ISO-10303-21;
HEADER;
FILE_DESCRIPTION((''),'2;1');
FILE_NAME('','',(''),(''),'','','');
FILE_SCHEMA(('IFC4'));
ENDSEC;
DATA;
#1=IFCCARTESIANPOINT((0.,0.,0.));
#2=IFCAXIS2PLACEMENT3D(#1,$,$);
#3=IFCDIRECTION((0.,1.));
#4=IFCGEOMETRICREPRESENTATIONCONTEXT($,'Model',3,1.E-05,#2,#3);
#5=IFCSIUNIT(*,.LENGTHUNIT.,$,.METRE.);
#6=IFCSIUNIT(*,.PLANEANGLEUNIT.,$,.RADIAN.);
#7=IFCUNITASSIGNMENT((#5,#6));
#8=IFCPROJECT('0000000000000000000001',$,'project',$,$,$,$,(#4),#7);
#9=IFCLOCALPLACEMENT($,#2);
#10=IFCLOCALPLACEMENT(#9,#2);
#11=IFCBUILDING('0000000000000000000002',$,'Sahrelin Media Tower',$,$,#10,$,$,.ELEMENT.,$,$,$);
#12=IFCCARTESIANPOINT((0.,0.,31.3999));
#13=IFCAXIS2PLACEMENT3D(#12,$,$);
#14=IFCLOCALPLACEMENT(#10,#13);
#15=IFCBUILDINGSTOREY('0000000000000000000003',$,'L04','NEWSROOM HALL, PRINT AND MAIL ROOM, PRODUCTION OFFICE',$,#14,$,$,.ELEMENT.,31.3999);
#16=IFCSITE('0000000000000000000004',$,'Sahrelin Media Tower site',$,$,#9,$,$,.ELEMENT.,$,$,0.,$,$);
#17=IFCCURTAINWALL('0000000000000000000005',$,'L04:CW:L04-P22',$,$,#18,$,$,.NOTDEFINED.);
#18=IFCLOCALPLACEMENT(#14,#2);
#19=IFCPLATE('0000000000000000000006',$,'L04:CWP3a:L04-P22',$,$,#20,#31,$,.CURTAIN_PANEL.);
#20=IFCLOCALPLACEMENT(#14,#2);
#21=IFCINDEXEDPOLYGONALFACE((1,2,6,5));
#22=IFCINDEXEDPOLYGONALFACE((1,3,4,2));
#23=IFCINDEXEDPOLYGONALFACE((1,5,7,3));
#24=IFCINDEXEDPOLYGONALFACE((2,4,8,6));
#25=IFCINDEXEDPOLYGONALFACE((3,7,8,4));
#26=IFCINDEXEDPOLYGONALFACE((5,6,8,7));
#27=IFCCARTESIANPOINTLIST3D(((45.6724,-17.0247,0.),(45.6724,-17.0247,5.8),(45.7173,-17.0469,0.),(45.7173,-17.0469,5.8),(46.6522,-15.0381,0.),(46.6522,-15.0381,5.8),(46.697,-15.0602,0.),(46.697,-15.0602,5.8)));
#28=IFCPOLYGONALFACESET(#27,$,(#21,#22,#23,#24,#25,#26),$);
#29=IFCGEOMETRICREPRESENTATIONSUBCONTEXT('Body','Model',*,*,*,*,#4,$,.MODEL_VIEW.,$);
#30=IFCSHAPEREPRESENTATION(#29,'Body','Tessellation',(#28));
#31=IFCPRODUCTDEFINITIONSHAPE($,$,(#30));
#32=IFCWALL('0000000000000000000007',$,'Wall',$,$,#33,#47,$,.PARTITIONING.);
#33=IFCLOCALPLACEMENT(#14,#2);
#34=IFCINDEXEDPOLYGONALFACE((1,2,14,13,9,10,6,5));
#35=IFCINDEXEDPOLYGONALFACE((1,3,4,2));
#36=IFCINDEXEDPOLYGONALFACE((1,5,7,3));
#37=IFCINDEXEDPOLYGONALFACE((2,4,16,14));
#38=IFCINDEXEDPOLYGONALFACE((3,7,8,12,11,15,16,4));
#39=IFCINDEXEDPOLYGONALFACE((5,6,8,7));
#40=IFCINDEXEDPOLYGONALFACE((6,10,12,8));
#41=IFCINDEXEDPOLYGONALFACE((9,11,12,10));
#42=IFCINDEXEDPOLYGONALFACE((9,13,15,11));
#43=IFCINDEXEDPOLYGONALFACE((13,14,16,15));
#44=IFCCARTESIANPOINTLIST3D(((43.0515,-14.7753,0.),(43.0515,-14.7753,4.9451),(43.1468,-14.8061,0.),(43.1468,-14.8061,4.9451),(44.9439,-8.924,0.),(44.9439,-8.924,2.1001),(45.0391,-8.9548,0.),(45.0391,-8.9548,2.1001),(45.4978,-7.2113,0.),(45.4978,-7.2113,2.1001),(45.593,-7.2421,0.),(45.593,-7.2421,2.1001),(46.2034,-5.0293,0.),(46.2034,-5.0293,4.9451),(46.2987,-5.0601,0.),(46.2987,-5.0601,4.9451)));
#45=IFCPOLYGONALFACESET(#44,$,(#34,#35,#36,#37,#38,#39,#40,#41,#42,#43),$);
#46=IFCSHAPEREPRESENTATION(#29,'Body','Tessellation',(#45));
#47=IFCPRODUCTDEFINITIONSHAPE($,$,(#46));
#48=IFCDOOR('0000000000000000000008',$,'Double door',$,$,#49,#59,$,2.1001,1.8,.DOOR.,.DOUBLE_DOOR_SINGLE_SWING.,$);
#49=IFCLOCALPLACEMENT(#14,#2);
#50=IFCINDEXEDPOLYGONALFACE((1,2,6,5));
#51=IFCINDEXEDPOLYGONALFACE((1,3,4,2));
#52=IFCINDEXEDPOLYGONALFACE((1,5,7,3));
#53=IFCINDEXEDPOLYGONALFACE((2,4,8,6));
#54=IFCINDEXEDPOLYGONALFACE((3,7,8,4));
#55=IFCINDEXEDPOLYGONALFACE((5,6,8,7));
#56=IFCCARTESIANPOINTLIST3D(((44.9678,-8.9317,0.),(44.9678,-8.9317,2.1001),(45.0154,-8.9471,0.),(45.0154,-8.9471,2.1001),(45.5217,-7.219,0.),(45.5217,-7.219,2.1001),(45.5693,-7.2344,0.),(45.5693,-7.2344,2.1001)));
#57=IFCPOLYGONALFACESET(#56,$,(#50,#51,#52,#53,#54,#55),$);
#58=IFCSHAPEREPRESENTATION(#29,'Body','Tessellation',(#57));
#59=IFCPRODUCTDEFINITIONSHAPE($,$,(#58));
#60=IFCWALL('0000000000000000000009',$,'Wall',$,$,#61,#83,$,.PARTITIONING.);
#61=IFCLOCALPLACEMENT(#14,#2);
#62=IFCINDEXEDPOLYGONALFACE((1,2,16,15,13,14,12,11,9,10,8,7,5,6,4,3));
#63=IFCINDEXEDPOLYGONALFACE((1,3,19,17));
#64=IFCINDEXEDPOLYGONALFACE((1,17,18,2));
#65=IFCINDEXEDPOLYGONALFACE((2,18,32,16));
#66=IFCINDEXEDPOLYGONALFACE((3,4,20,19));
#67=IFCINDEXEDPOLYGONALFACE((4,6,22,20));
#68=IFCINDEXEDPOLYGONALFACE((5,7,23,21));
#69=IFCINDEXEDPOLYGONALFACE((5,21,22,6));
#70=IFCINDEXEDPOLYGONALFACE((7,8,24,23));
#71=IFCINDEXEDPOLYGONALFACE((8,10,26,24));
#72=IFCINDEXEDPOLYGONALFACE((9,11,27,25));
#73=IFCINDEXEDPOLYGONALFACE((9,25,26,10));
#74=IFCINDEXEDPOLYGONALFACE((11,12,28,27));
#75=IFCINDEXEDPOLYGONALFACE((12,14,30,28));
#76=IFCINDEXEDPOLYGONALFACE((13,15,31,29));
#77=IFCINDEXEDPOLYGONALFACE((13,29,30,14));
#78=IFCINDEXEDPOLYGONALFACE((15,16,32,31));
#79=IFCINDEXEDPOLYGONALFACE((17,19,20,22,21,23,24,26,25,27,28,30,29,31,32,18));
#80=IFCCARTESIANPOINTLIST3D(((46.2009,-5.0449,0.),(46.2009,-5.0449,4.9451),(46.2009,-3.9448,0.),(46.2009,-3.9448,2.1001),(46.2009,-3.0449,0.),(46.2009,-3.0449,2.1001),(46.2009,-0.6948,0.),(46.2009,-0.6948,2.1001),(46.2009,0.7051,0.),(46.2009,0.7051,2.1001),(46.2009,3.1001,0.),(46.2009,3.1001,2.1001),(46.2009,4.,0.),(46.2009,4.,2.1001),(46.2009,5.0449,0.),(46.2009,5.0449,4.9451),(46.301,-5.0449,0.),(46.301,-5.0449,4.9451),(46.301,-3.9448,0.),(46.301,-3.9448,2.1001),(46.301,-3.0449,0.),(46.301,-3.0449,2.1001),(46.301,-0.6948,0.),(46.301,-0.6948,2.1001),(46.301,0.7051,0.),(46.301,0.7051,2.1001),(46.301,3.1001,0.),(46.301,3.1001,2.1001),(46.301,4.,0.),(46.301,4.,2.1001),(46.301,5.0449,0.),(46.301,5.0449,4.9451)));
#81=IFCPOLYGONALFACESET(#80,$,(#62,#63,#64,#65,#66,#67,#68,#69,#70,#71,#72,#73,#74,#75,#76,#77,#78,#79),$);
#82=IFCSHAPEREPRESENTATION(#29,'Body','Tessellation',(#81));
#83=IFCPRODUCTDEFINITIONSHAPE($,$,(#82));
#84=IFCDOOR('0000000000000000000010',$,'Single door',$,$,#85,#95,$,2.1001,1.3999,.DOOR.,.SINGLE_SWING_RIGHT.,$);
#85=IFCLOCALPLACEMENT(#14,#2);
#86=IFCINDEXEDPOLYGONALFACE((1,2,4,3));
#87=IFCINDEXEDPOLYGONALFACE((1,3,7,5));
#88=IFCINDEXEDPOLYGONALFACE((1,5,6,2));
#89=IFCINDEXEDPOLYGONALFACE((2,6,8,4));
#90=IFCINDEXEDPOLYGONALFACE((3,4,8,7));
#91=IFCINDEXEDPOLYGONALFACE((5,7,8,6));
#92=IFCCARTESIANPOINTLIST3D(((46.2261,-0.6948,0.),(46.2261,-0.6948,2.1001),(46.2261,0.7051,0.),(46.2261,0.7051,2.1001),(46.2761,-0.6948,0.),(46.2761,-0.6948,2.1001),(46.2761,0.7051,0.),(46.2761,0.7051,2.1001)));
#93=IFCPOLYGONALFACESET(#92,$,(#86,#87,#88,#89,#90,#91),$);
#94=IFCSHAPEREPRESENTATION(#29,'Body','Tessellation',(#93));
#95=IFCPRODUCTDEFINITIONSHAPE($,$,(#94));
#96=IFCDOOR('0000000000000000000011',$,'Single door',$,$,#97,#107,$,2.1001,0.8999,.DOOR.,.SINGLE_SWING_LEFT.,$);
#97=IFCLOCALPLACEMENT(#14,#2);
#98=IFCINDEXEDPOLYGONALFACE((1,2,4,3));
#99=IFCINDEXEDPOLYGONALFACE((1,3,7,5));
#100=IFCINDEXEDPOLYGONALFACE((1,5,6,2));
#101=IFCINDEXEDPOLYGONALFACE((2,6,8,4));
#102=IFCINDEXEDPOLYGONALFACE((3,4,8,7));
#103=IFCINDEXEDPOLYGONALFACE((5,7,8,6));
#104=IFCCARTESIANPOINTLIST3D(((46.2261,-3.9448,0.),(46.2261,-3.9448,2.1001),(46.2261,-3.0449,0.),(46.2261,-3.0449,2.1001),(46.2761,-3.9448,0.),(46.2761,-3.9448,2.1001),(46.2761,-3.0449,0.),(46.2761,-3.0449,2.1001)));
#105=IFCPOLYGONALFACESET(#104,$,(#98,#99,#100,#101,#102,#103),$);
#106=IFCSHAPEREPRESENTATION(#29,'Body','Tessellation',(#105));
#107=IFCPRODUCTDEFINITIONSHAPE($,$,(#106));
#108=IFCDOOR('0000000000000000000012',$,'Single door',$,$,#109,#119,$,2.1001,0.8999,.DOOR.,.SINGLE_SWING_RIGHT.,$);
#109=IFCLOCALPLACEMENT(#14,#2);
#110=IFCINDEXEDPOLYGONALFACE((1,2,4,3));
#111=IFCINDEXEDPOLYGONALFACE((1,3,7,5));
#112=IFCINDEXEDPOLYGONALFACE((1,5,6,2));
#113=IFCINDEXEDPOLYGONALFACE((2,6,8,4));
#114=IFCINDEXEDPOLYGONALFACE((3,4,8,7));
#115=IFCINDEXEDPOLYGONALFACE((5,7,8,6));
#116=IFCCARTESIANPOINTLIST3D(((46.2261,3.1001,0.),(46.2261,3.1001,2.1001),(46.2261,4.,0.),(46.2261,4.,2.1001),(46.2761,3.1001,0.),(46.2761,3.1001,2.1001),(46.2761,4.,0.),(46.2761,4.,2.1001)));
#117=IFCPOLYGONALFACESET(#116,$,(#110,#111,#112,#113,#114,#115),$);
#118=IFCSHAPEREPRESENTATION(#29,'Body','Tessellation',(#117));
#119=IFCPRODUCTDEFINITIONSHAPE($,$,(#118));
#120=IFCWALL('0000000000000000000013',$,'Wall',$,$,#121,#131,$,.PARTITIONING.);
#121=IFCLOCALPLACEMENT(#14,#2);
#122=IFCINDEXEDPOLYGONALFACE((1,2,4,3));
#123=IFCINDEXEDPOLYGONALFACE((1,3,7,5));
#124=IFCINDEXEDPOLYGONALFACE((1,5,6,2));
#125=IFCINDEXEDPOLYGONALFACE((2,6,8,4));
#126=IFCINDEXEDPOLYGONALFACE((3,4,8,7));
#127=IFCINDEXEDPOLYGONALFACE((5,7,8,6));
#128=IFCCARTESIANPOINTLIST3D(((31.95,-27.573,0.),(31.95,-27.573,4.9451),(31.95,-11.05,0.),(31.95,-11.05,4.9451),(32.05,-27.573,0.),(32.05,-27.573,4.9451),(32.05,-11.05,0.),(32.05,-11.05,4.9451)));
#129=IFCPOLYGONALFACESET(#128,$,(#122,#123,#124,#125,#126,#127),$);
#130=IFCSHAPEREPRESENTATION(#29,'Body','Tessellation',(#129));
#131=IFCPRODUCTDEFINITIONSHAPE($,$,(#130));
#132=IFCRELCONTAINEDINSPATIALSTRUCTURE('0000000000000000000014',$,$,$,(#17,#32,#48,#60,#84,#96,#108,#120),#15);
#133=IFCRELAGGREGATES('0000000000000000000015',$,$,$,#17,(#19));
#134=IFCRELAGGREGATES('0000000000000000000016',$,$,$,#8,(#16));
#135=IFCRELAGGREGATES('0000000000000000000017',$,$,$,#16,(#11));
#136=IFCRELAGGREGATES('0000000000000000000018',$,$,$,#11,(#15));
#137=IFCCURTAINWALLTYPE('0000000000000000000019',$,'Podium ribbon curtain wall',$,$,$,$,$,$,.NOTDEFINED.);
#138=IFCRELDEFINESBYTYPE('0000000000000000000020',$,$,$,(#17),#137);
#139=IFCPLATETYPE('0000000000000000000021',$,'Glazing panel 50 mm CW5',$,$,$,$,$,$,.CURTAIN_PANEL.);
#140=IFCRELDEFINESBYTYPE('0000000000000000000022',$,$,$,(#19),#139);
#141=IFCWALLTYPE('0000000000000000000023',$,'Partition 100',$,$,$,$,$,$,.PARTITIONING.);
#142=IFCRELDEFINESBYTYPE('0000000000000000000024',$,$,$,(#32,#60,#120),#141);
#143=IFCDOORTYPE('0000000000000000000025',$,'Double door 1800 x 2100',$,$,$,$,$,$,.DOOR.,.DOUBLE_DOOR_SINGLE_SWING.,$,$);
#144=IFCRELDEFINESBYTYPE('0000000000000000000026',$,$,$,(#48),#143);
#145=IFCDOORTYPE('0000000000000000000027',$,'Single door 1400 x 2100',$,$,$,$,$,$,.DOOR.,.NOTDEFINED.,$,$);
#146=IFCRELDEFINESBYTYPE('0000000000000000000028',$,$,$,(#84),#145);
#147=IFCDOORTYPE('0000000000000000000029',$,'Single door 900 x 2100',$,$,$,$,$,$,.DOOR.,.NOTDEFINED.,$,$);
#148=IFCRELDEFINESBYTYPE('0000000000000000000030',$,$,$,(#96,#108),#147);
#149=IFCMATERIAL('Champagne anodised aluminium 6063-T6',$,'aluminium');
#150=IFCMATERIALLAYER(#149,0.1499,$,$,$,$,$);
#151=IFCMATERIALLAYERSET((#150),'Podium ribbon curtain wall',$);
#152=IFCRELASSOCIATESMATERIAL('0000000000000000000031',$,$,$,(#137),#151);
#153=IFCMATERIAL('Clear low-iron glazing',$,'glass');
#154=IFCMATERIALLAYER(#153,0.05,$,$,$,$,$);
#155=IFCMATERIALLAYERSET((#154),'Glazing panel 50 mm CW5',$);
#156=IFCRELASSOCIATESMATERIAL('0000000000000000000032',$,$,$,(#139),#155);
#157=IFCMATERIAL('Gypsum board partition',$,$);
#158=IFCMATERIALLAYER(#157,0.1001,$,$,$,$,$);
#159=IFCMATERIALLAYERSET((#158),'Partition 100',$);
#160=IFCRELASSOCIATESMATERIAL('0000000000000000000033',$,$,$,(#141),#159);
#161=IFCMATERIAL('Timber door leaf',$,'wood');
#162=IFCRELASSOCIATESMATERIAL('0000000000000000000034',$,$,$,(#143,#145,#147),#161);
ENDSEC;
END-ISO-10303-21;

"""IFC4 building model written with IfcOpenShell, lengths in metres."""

from ifc_helpers import new_model, si_unit, direction, frame, frame_2d, origin, place, context, subcontext, project, spatial, polyline, rectangle, outline, extrude, material, layer, layer_set, type_object, element, fill, aggregate, save


model = new_model("IFC4")

# Units and contexts
model_context = context("Model", 3, precision=1e-05, world=origin(), true_north=direction((0.0, 1.0)))
body_context = subcontext(model_context, "Body", "Model", "MODEL_VIEW")
ifc_project = project(units=[si_unit("LENGTHUNIT", "METRE"), si_unit("PLANEANGLEUNIT", "RADIAN")], contexts=[model_context])

# Site, building, storey
site_placement = place(None, origin())
site = spatial("IfcSite", under=ifc_project, at=site_placement, Name="Sahrelin Media Tower site", CompositionType="ELEMENT", RefElevation=0.0)
building_placement = place(site_placement, origin())
building = spatial("IfcBuilding", under=site, at=building_placement, Name="Sahrelin Media Tower", CompositionType="ELEMENT")
storey_placement = place(building_placement, frame((0.0, 0.0, 31.3999)))
storey = spatial("IfcBuildingStorey", under=building, at=storey_placement, Name="L04", Description="NEWSROOM HALL, PRINT AND MAIL ROOM, PRODUCTION OFFICE", CompositionType="ELEMENT", Elevation=31.3999)

# Curtain wall
ifc_material_1 = material(Name="Champagne anodised aluminium 6063-T6", Category="aluminium")
ifc_layer_1 = layer(ifc_material_1, 0.1499)
ifc_layer_set_1 = layer_set([ifc_layer_1], Name="Podium ribbon curtain wall")
curtain_wall_type = type_object("IfcCurtainWallType", Name="Podium ribbon curtain wall", PredefinedType="NOTDEFINED", material=ifc_layer_set_1)
curtain_wall_placement = place(storey_placement, frame((43.3013, -21.0, 0.0), z_axis=(0.0, 0.0, 1.0), x_axis=(1.0, 0.0, 0.0)))
curtain_wall = element("IfcCurtainWall", 1, at=curtain_wall_placement, inside=storey, type_object=curtain_wall_type, Name="L04:CW:L04-P22", PredefinedType="NOTDEFINED")

# Plate
ifc_material_2 = material(Name="Clear low-iron glazing", Category="glass")
ifc_layer_2 = layer(ifc_material_2, 0.05)
ifc_layer_set_2 = layer_set([ifc_layer_2], Name="Glazing panel 50 mm CW5")
plate_type = type_object("IfcPlateType", Name="Glazing panel 50 mm CW5", PredefinedType="CURTAIN_PANEL", material=ifc_layer_set_2)
plate_1_placement = place(storey_placement, frame((45.7173, -17.0469, 0.0), z_axis=(0.896861, -0.442313, 0.0), x_axis=(0.442313, 0.896861, 0.0)))
plate_1 = element("IfcPlate", 2, at=plate_1_placement, type_object=plate_type, Name="L04:CWP3a:L04-P22", PredefinedType="CURTAIN_PANEL", context=body_context, shape_type="SweptSolid", body=[
    extrude(outline(polyline([(0.0, 0.0), (2.2151, 0.0), (2.2151, 5.8), (0.0, 5.8), (0.0, 0.0)])), origin(), (0.0, 0.0, -1.0), 0.05),
])
aggregate(curtain_wall, [plate_1])

# Wall, opening, door
ifc_material_3 = material(Name="Gypsum board partition")
ifc_layer_3 = layer(ifc_material_3, 0.1001)
ifc_layer_set_3 = layer_set([ifc_layer_3], Name="Partition 100")
wall_type = type_object("IfcWallType", Name="Partition 100", PredefinedType="PARTITIONING", material=ifc_layer_set_3)
wall_1_placement = place(storey_placement, frame((43.0991, -14.7908, 0.0), z_axis=(0.0, 0.0, 1.0), x_axis=(0.307713, 0.951479, 0.0)))
wall_1 = element("IfcWall", 3, at=wall_1_placement, inside=storey, type_object=wall_type, Name="Wall", PredefinedType="PARTITIONING", context=body_context, shape_type="SweptSolid", body=[
    extrude(rectangle(XDim=10.2429, YDim=0.1001, at=frame_2d((5.1216, 0.0))), origin(), (0.0, 0.0, 1.0), 4.9451),
])
opening_1_placement = place(wall_1_placement, frame((6.1499, 0.0, 0.0)))
opening_1 = element("IfcOpeningElement", 4, at=opening_1_placement, cuts=wall_1, PredefinedType="OPENING", context=body_context, shape_type="SweptSolid", body=[
    extrude(rectangle(XDim=1.8, YDim=2.1001, at=frame_2d((0.8999, 1.05))), frame((0.0, 0.05, 0.0), z_axis=(0.0, -1.0, 0.0), x_axis=(1.0, 0.0, 0.0)), (0.0, 0.0, 1.0), 0.1001),
])
ifc_material_4 = material(Name="Timber door leaf", Category="wood")
door_type_1 = type_object("IfcDoorType", Name="Double door 1800 x 2100", OperationType="DOUBLE_DOOR_SINGLE_SWING", PredefinedType="DOOR", material=ifc_material_4)
door_1_placement = place(opening_1_placement, origin())
door_1 = element("IfcDoor", 5, at=door_1_placement, inside=storey, type_object=door_type_1, Name="Double door", OperationType="DOUBLE_DOOR_SINGLE_SWING", OverallHeight=2.1001, OverallWidth=1.8, PredefinedType="DOOR", context=body_context, shape_type="SweptSolid", body=[
    extrude(rectangle(XDim=1.8, YDim=2.1001, at=frame_2d((0.8999, 1.05))), frame((0.0, 0.0249, 0.0), z_axis=(0.0, -1.0, 0.0), x_axis=(1.0, 0.0, 0.0)), (0.0, 0.0, 1.0), 0.05),
])
fill(opening_1, door_1)

# Wall, openings, doors
wall_2_placement = place(storey_placement, frame((46.251, -5.0449, 0.0), z_axis=(0.0, 0.0, 1.0), x_axis=(0.0, 1.0, 0.0)))
wall_2 = element("IfcWall", 6, at=wall_2_placement, inside=storey, type_object=wall_type, Name="Wall", PredefinedType="PARTITIONING", context=body_context, shape_type="SweptSolid", body=[
    extrude(rectangle(XDim=10.0898, YDim=0.1001, at=frame_2d((5.0449, 0.0))), origin(), (0.0, 0.0, 1.0), 4.9451),
])
opening_2_placement = place(wall_2_placement, frame((4.3501, 0.0, 0.0)))
opening_2 = element("IfcOpeningElement", 7, at=opening_2_placement, cuts=wall_2, PredefinedType="OPENING", context=body_context, shape_type="SweptSolid", body=[
    extrude(rectangle(XDim=1.3999, YDim=2.1001, at=frame_2d((0.7, 1.05))), frame((0.0, 0.05, 0.0), z_axis=(0.0, -1.0, 0.0), x_axis=(1.0, 0.0, 0.0)), (0.0, 0.0, 1.0), 0.1001),
])
opening_3_placement = place(wall_2_placement, frame((1.1001, 0.0, 0.0)))
opening_3 = element("IfcOpeningElement", 8, at=opening_3_placement, cuts=wall_2, PredefinedType="OPENING", context=body_context, shape_type="SweptSolid", body=[
    extrude(rectangle(XDim=0.8999, YDim=2.1001, at=frame_2d((0.45, 1.05))), frame((0.0, 0.05, 0.0), z_axis=(0.0, -1.0, 0.0), x_axis=(1.0, 0.0, 0.0)), (0.0, 0.0, 1.0), 0.1001),
])
opening_4_placement = place(wall_2_placement, frame((8.145, 0.0, 0.0)))
opening_4 = element("IfcOpeningElement", 9, at=opening_4_placement, cuts=wall_2, PredefinedType="OPENING", context=body_context, shape_type="SweptSolid", body=[
    extrude(rectangle(XDim=0.8999, YDim=2.1001, at=frame_2d((0.45, 1.05))), frame((0.0, 0.05, 0.0), z_axis=(0.0, -1.0, 0.0), x_axis=(1.0, 0.0, 0.0)), (0.0, 0.0, 1.0), 0.1001),
])
door_type_2 = type_object("IfcDoorType", Name="Single door 1400 x 2100", OperationType="NOTDEFINED", PredefinedType="DOOR", material=ifc_material_4)
door_2_placement = place(opening_2_placement, origin())
door_2 = element("IfcDoor", 10, at=door_2_placement, inside=storey, type_object=door_type_2, Name="Single door", OperationType="SINGLE_SWING_RIGHT", OverallHeight=2.1001, OverallWidth=1.3999, PredefinedType="DOOR", context=body_context, shape_type="SweptSolid", body=[
    extrude(rectangle(XDim=1.3999, YDim=2.1001, at=frame_2d((0.7, 1.05))), frame((0.0, 0.0249, 0.0), z_axis=(0.0, -1.0, 0.0), x_axis=(1.0, 0.0, 0.0)), (0.0, 0.0, 1.0), 0.05),
])
fill(opening_2, door_2)
door_type_3 = type_object("IfcDoorType", Name="Single door 900 x 2100", OperationType="NOTDEFINED", PredefinedType="DOOR", material=ifc_material_4)
door_3_placement = place(opening_3_placement, origin())
door_3 = element("IfcDoor", 11, at=door_3_placement, inside=storey, type_object=door_type_3, Name="Single door", OperationType="SINGLE_SWING_LEFT", OverallHeight=2.1001, OverallWidth=0.8999, PredefinedType="DOOR", context=body_context, shape_type="SweptSolid", body=[
    extrude(rectangle(XDim=0.8999, YDim=2.1001, at=frame_2d((0.45, 1.05))), frame((0.0, 0.0249, 0.0), z_axis=(0.0, -1.0, 0.0), x_axis=(1.0, 0.0, 0.0)), (0.0, 0.0, 1.0), 0.05),
])
fill(opening_3, door_3)
door_4_placement = place(opening_4_placement, origin())
door_4 = element("IfcDoor", 12, at=door_4_placement, inside=storey, type_object=door_type_3, Name="Single door", OperationType="SINGLE_SWING_RIGHT", OverallHeight=2.1001, OverallWidth=0.8999, PredefinedType="DOOR", context=body_context, shape_type="SweptSolid", body=[
    extrude(rectangle(XDim=0.8999, YDim=2.1001, at=frame_2d((0.45, 1.05))), frame((0.0, 0.0249, 0.0), z_axis=(0.0, -1.0, 0.0), x_axis=(1.0, 0.0, 0.0)), (0.0, 0.0, 1.0), 0.05),
])
fill(opening_4, door_4)

# Wall
wall_3_placement = place(storey_placement, frame((32.0, -11.05, 0.0), z_axis=(0.0, 0.0, 1.0), x_axis=(0.0, -1.0, 0.0)))
element("IfcWall", 13, at=wall_3_placement, inside=storey, type_object=wall_type, Name="Wall", PredefinedType="PARTITIONING", context=body_context, shape_type="SweptSolid", body=[
    extrude(rectangle(XDim=16.5229, YDim=0.1001, at=frame_2d((8.2615, 0.0))), origin(), (0.0, 0.0, 1.0), 4.9451),
])

save(model, "model.ifc")
